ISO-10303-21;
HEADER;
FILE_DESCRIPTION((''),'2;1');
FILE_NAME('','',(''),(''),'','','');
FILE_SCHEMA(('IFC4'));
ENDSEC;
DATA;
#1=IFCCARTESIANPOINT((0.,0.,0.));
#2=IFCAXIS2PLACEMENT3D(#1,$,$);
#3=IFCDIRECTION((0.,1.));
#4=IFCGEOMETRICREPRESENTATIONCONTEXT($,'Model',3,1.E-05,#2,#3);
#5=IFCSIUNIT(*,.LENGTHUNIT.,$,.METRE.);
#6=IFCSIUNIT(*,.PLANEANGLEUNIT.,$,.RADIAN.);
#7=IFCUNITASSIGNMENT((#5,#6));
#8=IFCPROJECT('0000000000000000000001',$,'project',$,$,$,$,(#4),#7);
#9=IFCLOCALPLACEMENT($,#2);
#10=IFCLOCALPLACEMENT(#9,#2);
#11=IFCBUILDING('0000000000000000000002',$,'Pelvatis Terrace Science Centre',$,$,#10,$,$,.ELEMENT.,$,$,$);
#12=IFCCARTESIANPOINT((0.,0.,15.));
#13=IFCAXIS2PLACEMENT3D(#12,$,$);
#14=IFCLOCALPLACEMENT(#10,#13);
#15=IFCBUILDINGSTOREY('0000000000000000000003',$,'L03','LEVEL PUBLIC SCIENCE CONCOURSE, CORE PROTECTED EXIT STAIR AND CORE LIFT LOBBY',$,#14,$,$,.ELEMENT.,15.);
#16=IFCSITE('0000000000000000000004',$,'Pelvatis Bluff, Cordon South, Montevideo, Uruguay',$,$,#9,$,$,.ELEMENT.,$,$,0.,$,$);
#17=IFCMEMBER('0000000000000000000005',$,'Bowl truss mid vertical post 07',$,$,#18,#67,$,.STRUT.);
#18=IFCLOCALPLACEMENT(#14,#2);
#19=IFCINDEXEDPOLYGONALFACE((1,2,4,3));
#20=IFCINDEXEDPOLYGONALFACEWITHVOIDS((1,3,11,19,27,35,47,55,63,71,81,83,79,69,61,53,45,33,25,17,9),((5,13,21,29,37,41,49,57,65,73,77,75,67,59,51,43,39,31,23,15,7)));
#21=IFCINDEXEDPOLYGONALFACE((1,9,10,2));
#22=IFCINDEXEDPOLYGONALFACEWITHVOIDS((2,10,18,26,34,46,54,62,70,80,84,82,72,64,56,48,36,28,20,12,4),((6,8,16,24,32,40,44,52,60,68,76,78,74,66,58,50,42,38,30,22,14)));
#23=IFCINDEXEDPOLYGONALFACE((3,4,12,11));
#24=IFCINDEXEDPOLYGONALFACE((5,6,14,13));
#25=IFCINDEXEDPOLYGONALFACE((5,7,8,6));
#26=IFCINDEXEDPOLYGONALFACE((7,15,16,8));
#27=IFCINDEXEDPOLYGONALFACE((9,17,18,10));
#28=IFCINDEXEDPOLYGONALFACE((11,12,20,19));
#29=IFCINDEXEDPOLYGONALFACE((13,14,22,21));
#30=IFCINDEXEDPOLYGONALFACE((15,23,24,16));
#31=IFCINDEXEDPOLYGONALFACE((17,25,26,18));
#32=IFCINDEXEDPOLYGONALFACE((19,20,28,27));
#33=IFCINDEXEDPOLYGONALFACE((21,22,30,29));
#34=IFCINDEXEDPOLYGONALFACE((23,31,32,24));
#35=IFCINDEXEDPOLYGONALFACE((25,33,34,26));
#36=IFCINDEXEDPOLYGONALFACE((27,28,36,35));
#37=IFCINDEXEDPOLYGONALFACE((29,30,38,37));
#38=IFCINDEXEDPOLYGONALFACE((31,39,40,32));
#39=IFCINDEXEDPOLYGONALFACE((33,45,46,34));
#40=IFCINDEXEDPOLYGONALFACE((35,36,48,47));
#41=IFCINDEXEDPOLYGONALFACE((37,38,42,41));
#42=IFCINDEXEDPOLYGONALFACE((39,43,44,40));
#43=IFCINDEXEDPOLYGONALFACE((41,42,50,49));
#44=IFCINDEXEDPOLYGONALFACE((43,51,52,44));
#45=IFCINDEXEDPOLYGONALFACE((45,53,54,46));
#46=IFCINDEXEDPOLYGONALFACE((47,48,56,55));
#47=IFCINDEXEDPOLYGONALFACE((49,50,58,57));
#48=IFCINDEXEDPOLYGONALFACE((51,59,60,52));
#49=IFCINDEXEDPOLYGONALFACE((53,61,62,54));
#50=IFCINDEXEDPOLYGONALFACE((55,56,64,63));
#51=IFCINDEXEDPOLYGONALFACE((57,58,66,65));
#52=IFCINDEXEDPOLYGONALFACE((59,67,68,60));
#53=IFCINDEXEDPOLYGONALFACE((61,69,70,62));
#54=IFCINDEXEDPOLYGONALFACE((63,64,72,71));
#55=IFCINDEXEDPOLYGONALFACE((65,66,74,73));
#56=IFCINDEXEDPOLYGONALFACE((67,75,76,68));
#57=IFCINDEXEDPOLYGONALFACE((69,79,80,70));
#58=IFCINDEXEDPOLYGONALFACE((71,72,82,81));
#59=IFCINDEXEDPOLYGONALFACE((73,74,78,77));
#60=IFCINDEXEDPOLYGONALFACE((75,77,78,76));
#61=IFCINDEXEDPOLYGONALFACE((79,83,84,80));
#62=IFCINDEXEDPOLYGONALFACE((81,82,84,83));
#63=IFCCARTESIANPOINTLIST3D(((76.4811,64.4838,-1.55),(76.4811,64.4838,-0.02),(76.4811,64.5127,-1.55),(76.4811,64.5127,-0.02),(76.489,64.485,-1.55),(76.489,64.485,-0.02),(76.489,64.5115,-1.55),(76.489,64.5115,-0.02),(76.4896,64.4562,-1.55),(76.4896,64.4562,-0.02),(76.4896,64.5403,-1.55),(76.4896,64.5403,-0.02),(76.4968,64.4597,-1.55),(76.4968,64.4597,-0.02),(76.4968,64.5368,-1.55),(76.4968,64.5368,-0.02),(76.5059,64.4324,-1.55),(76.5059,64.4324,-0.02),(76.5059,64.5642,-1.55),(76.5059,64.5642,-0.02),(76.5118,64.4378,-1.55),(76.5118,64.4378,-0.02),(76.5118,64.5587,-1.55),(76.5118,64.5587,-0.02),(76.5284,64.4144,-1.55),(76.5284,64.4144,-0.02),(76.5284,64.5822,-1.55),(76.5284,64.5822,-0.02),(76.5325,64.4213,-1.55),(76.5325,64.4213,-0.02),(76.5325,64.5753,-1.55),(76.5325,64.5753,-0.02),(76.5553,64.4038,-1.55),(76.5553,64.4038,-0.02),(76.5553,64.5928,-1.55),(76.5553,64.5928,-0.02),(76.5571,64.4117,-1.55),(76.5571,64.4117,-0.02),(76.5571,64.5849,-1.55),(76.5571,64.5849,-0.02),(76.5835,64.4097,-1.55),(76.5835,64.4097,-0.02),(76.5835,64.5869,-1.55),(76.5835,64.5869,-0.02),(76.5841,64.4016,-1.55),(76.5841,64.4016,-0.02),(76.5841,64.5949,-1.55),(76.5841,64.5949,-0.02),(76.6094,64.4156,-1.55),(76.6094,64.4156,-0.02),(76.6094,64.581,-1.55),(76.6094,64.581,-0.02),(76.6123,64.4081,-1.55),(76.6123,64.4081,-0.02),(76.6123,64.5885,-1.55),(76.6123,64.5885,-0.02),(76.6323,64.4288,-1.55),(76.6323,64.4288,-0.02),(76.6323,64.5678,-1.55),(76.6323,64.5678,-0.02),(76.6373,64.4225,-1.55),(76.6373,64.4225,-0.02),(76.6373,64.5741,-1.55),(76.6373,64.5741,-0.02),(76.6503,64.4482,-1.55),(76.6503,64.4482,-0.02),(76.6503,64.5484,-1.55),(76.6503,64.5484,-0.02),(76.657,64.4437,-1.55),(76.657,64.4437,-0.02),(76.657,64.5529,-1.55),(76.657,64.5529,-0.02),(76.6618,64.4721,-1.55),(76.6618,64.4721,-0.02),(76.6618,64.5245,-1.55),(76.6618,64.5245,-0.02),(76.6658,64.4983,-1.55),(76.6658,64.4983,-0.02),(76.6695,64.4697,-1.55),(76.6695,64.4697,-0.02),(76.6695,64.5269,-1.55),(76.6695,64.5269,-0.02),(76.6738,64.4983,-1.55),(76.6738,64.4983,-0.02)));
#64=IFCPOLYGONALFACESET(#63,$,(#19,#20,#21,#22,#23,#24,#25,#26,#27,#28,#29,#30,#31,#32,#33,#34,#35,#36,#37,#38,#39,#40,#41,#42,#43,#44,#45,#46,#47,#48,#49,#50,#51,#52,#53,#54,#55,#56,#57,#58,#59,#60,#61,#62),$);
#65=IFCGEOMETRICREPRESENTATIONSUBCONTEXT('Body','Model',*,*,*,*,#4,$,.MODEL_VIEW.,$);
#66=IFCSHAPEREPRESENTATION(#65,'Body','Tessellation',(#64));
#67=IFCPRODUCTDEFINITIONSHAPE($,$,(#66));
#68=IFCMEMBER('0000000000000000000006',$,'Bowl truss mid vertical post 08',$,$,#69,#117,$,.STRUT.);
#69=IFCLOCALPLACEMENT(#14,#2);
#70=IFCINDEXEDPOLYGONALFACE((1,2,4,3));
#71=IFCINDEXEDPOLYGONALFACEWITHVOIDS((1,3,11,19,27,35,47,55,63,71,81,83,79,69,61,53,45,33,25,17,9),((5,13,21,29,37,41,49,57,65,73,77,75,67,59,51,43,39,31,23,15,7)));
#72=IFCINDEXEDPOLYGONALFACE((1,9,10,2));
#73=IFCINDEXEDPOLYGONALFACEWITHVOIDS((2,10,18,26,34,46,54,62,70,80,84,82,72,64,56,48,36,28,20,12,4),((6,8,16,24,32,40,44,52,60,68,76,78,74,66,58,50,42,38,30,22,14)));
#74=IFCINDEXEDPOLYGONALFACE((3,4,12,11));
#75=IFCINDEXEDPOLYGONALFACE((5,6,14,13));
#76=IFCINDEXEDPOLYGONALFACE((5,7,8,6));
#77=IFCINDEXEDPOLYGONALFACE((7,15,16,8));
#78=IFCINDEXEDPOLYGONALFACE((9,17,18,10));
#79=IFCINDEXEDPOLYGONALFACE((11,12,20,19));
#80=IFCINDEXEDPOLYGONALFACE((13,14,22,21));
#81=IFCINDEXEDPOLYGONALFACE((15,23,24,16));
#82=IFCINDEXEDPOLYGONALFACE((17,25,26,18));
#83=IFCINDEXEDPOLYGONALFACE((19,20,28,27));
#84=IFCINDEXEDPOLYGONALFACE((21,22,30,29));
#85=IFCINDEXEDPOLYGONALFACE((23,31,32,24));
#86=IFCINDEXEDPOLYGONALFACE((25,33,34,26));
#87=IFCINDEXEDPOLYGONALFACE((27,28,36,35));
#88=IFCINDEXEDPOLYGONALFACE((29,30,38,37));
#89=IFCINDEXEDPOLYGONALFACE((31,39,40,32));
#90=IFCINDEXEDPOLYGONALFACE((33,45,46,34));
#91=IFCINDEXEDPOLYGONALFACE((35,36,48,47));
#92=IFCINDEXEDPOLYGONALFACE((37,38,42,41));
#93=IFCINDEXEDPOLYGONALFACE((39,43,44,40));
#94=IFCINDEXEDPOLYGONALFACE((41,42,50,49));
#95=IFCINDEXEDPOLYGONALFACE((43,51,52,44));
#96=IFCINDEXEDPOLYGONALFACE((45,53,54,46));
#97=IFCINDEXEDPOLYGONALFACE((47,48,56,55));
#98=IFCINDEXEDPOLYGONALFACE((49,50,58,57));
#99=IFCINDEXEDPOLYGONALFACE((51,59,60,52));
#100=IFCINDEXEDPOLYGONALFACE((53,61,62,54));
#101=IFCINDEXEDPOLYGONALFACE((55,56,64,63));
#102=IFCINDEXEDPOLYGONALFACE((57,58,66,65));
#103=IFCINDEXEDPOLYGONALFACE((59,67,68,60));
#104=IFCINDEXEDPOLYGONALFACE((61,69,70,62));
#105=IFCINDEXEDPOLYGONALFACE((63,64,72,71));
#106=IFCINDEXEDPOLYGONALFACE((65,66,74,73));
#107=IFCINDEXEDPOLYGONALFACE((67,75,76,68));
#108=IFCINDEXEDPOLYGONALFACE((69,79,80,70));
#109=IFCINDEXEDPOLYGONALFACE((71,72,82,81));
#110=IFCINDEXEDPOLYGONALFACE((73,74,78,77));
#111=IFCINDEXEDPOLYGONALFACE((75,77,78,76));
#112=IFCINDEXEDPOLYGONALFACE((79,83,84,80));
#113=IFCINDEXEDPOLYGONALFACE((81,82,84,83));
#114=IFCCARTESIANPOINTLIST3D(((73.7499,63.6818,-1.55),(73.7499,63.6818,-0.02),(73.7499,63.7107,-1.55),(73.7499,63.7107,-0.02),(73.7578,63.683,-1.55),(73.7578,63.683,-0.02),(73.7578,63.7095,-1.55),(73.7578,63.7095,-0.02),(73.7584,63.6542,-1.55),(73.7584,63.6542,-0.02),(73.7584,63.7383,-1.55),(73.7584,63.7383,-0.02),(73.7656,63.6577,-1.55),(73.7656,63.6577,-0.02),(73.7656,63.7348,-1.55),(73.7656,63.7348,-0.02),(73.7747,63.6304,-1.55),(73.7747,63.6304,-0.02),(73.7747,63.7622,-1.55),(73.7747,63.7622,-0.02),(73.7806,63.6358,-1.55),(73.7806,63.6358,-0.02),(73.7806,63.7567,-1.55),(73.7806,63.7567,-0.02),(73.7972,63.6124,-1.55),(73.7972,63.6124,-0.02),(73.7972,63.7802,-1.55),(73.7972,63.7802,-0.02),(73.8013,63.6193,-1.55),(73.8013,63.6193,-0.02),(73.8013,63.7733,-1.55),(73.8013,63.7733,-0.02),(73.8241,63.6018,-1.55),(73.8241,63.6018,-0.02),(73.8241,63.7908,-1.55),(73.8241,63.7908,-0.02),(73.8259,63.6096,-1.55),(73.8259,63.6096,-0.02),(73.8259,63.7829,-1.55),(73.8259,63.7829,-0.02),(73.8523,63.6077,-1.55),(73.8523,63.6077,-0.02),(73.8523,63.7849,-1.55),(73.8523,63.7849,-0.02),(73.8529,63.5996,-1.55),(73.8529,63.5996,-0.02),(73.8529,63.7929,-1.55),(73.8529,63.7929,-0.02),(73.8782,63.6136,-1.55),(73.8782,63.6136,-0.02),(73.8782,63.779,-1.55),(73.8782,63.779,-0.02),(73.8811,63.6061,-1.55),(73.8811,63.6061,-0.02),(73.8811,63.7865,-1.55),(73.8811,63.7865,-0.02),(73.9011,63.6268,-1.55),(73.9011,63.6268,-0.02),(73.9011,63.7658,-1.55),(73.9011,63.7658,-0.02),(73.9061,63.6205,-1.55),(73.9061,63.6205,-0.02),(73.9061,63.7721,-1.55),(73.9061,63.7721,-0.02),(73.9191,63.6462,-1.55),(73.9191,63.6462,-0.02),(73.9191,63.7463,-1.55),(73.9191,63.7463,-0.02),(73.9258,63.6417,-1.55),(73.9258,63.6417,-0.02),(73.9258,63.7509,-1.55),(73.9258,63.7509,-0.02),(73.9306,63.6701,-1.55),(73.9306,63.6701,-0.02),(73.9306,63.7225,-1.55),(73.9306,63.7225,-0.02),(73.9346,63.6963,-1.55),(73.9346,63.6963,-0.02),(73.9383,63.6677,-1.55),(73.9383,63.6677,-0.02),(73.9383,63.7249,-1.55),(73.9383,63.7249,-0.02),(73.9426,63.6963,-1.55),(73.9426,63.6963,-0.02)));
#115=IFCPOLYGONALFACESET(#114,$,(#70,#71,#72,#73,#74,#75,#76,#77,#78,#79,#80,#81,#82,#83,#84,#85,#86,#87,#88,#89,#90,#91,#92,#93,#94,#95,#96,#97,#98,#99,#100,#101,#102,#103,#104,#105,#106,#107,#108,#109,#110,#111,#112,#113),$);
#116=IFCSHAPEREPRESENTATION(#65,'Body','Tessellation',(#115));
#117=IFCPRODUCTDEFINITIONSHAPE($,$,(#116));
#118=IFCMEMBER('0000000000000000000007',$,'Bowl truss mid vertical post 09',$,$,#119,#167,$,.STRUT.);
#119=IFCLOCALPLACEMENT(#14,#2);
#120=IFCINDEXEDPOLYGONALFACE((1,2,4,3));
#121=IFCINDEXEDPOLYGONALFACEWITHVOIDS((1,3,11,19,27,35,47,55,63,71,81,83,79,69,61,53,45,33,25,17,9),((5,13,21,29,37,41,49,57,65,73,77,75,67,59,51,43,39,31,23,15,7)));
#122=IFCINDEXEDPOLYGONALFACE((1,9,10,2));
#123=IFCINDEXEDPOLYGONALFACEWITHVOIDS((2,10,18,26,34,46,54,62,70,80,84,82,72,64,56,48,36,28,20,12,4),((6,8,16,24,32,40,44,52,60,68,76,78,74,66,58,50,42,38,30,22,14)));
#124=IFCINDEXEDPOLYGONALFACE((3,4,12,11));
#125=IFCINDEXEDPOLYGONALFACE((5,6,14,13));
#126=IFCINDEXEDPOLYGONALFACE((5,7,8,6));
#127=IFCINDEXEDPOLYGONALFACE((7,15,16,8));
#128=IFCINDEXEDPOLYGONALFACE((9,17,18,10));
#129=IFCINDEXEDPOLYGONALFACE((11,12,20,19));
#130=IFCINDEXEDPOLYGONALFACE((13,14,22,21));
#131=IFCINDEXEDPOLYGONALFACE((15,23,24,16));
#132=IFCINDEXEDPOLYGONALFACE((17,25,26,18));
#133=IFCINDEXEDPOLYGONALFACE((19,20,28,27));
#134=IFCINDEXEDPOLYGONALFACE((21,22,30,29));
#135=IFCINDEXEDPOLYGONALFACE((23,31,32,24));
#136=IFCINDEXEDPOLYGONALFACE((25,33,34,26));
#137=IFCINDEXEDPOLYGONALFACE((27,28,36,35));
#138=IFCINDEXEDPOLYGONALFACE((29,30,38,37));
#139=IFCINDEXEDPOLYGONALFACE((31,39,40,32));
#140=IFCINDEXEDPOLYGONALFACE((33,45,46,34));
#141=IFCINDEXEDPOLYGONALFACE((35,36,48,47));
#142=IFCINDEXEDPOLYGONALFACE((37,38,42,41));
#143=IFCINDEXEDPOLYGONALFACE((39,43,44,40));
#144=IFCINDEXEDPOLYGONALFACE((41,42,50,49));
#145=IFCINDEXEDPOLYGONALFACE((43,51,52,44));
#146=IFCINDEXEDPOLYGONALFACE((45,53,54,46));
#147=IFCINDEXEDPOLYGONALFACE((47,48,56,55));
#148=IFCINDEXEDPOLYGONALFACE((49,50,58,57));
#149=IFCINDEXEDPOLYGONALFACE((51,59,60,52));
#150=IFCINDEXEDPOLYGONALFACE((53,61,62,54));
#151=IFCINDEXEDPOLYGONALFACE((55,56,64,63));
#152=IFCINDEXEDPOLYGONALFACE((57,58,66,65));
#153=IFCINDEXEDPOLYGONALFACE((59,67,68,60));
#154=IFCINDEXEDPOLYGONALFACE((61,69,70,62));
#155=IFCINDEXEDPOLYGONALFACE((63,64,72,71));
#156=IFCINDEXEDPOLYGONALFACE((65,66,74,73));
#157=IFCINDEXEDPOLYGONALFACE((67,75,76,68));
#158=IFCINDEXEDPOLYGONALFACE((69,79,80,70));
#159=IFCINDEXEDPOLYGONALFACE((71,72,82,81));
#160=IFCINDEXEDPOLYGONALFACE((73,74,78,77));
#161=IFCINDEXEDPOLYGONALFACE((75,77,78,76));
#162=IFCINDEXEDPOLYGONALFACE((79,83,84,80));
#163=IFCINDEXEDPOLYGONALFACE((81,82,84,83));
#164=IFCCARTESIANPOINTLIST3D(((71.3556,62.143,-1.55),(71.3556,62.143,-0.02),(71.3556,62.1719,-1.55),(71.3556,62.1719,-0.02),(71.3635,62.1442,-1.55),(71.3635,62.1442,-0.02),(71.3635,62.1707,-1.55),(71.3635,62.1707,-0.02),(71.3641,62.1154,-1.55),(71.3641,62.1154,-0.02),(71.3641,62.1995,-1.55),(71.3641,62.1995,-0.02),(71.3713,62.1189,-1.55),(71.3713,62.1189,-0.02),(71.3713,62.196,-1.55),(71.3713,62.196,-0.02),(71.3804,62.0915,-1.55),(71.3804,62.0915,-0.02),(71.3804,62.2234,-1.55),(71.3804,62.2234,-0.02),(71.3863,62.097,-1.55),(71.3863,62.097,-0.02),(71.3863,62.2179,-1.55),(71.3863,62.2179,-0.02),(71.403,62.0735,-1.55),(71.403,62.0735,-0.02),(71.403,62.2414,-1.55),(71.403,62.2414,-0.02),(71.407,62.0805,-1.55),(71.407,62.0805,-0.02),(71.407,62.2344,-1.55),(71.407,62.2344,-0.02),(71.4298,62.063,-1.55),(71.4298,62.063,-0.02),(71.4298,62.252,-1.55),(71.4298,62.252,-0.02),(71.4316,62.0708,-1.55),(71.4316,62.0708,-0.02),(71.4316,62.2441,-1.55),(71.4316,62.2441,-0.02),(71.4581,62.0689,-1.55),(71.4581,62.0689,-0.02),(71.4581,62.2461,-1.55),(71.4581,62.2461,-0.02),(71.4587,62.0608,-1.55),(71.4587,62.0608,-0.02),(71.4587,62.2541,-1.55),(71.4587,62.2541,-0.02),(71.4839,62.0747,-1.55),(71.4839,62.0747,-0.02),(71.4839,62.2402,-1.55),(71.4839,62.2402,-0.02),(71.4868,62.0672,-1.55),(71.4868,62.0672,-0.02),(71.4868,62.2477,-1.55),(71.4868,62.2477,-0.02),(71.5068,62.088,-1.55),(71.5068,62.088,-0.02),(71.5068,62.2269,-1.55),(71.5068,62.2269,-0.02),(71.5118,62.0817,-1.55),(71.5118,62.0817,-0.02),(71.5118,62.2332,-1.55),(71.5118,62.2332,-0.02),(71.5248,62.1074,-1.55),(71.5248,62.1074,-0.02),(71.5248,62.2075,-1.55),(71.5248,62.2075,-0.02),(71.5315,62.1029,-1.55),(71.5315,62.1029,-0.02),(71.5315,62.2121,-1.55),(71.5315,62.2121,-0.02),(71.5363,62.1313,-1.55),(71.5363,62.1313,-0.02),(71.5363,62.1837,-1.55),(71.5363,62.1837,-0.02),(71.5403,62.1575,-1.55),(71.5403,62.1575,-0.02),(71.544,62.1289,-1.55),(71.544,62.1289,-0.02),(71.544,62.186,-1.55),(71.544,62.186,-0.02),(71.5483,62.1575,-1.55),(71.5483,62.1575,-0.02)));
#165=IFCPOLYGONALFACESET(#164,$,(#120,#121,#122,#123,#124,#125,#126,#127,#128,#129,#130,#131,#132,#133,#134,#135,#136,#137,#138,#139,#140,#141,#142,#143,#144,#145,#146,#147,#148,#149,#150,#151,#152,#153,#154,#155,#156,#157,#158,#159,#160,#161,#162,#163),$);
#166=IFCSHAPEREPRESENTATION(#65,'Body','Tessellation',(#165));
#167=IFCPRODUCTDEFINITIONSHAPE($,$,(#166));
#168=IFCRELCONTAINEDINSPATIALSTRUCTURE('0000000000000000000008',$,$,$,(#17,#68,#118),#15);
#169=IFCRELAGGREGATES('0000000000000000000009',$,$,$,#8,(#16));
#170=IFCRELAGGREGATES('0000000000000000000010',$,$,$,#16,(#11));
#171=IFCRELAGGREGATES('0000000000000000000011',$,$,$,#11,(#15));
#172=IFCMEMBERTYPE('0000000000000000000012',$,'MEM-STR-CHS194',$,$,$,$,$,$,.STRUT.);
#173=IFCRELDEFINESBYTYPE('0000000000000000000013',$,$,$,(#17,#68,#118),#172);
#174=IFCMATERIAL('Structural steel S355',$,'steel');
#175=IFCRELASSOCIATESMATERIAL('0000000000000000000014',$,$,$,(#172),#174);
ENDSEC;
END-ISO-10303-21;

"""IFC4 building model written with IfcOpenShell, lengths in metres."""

from ifc_helpers import new_model, si_unit, direction, frame, origin, origin_2d, place, context, subcontext, project, spatial, hollow_circle, extrude, material, material_profile, profile_set, type_object, element, save


model = new_model("IFC4")

# Units and contexts
model_context = context("Model", 3, precision=1e-05, world=origin(), true_north=direction((0.0, 1.0)))
body_context = subcontext(model_context, "Body", "Model", "MODEL_VIEW")
ifc_project = project(units=[si_unit("LENGTHUNIT", "METRE"), si_unit("PLANEANGLEUNIT", "RADIAN")], contexts=[model_context])

# Site, building, storey
site_placement = place(None, origin())
site = spatial("IfcSite", under=ifc_project, at=site_placement, Name="Pelvatis Bluff, Cordon South, Montevideo, Uruguay", CompositionType="ELEMENT", RefElevation=0.0)
building_placement = place(site_placement, origin())
building = spatial("IfcBuilding", under=site, at=building_placement, Name="Pelvatis Terrace Science Centre", CompositionType="ELEMENT")
storey_placement = place(building_placement, frame((0.0, 0.0, 15.0)))
storey = spatial("IfcBuildingStorey", under=building, at=storey_placement, Name="L03", Description="LEVEL PUBLIC SCIENCE CONCOURSE, CORE PROTECTED EXIT STAIR AND CORE LIFT LOBBY", CompositionType="ELEMENT", Elevation=15.0)

# Members
ifc_material_1 = material(Name="Structural steel S355", Category="steel")
ifc_material_profile_1 = material_profile(ifc_material_1, hollow_circle(Radius=0.0969, WallThickness=0.0081, at=origin_2d()), Name="CHS 193.7x8.0")
ifc_profile_set_1 = profile_set([ifc_material_profile_1], Name="Structural steel S355")
member_type_1 = type_object("IfcMemberType", Name="MEM-STR-CHS194", PredefinedType="STRUT", material=ifc_profile_set_1)
for number, where, z_axis, x_axis, name in (
    (1, (76.5769, 64.4983, -1.55), (0.0, 0.0, 1.0), (1.0, 0.0, 0.0), "Bowl truss mid vertical post 07"),
    (2, (73.8457, 63.6963, -1.55), (0.0, 0.0, 1.0), (1.0, 0.0, 0.0), "Bowl truss mid vertical post 08"),
    (3, (71.4514, 62.1575, -1.55), (0.0, 0.0, 1.0), (1.0, 0.0, 0.0), "Bowl truss mid vertical post 09"),
):
    element("IfcMember", number, at=place(storey_placement, frame(where, z_axis=z_axis, x_axis=x_axis)), inside=storey, type_object=member_type_1, Name=name, PredefinedType="STRUT", context=body_context, shape_type="SweptSolid", body=[
        extrude(hollow_circle(Radius=0.0969, WallThickness=0.0081, at=origin_2d()), origin(), (0.0, 0.0, 1.0), 1.53),
    ])

save(model, "model.ifc")
